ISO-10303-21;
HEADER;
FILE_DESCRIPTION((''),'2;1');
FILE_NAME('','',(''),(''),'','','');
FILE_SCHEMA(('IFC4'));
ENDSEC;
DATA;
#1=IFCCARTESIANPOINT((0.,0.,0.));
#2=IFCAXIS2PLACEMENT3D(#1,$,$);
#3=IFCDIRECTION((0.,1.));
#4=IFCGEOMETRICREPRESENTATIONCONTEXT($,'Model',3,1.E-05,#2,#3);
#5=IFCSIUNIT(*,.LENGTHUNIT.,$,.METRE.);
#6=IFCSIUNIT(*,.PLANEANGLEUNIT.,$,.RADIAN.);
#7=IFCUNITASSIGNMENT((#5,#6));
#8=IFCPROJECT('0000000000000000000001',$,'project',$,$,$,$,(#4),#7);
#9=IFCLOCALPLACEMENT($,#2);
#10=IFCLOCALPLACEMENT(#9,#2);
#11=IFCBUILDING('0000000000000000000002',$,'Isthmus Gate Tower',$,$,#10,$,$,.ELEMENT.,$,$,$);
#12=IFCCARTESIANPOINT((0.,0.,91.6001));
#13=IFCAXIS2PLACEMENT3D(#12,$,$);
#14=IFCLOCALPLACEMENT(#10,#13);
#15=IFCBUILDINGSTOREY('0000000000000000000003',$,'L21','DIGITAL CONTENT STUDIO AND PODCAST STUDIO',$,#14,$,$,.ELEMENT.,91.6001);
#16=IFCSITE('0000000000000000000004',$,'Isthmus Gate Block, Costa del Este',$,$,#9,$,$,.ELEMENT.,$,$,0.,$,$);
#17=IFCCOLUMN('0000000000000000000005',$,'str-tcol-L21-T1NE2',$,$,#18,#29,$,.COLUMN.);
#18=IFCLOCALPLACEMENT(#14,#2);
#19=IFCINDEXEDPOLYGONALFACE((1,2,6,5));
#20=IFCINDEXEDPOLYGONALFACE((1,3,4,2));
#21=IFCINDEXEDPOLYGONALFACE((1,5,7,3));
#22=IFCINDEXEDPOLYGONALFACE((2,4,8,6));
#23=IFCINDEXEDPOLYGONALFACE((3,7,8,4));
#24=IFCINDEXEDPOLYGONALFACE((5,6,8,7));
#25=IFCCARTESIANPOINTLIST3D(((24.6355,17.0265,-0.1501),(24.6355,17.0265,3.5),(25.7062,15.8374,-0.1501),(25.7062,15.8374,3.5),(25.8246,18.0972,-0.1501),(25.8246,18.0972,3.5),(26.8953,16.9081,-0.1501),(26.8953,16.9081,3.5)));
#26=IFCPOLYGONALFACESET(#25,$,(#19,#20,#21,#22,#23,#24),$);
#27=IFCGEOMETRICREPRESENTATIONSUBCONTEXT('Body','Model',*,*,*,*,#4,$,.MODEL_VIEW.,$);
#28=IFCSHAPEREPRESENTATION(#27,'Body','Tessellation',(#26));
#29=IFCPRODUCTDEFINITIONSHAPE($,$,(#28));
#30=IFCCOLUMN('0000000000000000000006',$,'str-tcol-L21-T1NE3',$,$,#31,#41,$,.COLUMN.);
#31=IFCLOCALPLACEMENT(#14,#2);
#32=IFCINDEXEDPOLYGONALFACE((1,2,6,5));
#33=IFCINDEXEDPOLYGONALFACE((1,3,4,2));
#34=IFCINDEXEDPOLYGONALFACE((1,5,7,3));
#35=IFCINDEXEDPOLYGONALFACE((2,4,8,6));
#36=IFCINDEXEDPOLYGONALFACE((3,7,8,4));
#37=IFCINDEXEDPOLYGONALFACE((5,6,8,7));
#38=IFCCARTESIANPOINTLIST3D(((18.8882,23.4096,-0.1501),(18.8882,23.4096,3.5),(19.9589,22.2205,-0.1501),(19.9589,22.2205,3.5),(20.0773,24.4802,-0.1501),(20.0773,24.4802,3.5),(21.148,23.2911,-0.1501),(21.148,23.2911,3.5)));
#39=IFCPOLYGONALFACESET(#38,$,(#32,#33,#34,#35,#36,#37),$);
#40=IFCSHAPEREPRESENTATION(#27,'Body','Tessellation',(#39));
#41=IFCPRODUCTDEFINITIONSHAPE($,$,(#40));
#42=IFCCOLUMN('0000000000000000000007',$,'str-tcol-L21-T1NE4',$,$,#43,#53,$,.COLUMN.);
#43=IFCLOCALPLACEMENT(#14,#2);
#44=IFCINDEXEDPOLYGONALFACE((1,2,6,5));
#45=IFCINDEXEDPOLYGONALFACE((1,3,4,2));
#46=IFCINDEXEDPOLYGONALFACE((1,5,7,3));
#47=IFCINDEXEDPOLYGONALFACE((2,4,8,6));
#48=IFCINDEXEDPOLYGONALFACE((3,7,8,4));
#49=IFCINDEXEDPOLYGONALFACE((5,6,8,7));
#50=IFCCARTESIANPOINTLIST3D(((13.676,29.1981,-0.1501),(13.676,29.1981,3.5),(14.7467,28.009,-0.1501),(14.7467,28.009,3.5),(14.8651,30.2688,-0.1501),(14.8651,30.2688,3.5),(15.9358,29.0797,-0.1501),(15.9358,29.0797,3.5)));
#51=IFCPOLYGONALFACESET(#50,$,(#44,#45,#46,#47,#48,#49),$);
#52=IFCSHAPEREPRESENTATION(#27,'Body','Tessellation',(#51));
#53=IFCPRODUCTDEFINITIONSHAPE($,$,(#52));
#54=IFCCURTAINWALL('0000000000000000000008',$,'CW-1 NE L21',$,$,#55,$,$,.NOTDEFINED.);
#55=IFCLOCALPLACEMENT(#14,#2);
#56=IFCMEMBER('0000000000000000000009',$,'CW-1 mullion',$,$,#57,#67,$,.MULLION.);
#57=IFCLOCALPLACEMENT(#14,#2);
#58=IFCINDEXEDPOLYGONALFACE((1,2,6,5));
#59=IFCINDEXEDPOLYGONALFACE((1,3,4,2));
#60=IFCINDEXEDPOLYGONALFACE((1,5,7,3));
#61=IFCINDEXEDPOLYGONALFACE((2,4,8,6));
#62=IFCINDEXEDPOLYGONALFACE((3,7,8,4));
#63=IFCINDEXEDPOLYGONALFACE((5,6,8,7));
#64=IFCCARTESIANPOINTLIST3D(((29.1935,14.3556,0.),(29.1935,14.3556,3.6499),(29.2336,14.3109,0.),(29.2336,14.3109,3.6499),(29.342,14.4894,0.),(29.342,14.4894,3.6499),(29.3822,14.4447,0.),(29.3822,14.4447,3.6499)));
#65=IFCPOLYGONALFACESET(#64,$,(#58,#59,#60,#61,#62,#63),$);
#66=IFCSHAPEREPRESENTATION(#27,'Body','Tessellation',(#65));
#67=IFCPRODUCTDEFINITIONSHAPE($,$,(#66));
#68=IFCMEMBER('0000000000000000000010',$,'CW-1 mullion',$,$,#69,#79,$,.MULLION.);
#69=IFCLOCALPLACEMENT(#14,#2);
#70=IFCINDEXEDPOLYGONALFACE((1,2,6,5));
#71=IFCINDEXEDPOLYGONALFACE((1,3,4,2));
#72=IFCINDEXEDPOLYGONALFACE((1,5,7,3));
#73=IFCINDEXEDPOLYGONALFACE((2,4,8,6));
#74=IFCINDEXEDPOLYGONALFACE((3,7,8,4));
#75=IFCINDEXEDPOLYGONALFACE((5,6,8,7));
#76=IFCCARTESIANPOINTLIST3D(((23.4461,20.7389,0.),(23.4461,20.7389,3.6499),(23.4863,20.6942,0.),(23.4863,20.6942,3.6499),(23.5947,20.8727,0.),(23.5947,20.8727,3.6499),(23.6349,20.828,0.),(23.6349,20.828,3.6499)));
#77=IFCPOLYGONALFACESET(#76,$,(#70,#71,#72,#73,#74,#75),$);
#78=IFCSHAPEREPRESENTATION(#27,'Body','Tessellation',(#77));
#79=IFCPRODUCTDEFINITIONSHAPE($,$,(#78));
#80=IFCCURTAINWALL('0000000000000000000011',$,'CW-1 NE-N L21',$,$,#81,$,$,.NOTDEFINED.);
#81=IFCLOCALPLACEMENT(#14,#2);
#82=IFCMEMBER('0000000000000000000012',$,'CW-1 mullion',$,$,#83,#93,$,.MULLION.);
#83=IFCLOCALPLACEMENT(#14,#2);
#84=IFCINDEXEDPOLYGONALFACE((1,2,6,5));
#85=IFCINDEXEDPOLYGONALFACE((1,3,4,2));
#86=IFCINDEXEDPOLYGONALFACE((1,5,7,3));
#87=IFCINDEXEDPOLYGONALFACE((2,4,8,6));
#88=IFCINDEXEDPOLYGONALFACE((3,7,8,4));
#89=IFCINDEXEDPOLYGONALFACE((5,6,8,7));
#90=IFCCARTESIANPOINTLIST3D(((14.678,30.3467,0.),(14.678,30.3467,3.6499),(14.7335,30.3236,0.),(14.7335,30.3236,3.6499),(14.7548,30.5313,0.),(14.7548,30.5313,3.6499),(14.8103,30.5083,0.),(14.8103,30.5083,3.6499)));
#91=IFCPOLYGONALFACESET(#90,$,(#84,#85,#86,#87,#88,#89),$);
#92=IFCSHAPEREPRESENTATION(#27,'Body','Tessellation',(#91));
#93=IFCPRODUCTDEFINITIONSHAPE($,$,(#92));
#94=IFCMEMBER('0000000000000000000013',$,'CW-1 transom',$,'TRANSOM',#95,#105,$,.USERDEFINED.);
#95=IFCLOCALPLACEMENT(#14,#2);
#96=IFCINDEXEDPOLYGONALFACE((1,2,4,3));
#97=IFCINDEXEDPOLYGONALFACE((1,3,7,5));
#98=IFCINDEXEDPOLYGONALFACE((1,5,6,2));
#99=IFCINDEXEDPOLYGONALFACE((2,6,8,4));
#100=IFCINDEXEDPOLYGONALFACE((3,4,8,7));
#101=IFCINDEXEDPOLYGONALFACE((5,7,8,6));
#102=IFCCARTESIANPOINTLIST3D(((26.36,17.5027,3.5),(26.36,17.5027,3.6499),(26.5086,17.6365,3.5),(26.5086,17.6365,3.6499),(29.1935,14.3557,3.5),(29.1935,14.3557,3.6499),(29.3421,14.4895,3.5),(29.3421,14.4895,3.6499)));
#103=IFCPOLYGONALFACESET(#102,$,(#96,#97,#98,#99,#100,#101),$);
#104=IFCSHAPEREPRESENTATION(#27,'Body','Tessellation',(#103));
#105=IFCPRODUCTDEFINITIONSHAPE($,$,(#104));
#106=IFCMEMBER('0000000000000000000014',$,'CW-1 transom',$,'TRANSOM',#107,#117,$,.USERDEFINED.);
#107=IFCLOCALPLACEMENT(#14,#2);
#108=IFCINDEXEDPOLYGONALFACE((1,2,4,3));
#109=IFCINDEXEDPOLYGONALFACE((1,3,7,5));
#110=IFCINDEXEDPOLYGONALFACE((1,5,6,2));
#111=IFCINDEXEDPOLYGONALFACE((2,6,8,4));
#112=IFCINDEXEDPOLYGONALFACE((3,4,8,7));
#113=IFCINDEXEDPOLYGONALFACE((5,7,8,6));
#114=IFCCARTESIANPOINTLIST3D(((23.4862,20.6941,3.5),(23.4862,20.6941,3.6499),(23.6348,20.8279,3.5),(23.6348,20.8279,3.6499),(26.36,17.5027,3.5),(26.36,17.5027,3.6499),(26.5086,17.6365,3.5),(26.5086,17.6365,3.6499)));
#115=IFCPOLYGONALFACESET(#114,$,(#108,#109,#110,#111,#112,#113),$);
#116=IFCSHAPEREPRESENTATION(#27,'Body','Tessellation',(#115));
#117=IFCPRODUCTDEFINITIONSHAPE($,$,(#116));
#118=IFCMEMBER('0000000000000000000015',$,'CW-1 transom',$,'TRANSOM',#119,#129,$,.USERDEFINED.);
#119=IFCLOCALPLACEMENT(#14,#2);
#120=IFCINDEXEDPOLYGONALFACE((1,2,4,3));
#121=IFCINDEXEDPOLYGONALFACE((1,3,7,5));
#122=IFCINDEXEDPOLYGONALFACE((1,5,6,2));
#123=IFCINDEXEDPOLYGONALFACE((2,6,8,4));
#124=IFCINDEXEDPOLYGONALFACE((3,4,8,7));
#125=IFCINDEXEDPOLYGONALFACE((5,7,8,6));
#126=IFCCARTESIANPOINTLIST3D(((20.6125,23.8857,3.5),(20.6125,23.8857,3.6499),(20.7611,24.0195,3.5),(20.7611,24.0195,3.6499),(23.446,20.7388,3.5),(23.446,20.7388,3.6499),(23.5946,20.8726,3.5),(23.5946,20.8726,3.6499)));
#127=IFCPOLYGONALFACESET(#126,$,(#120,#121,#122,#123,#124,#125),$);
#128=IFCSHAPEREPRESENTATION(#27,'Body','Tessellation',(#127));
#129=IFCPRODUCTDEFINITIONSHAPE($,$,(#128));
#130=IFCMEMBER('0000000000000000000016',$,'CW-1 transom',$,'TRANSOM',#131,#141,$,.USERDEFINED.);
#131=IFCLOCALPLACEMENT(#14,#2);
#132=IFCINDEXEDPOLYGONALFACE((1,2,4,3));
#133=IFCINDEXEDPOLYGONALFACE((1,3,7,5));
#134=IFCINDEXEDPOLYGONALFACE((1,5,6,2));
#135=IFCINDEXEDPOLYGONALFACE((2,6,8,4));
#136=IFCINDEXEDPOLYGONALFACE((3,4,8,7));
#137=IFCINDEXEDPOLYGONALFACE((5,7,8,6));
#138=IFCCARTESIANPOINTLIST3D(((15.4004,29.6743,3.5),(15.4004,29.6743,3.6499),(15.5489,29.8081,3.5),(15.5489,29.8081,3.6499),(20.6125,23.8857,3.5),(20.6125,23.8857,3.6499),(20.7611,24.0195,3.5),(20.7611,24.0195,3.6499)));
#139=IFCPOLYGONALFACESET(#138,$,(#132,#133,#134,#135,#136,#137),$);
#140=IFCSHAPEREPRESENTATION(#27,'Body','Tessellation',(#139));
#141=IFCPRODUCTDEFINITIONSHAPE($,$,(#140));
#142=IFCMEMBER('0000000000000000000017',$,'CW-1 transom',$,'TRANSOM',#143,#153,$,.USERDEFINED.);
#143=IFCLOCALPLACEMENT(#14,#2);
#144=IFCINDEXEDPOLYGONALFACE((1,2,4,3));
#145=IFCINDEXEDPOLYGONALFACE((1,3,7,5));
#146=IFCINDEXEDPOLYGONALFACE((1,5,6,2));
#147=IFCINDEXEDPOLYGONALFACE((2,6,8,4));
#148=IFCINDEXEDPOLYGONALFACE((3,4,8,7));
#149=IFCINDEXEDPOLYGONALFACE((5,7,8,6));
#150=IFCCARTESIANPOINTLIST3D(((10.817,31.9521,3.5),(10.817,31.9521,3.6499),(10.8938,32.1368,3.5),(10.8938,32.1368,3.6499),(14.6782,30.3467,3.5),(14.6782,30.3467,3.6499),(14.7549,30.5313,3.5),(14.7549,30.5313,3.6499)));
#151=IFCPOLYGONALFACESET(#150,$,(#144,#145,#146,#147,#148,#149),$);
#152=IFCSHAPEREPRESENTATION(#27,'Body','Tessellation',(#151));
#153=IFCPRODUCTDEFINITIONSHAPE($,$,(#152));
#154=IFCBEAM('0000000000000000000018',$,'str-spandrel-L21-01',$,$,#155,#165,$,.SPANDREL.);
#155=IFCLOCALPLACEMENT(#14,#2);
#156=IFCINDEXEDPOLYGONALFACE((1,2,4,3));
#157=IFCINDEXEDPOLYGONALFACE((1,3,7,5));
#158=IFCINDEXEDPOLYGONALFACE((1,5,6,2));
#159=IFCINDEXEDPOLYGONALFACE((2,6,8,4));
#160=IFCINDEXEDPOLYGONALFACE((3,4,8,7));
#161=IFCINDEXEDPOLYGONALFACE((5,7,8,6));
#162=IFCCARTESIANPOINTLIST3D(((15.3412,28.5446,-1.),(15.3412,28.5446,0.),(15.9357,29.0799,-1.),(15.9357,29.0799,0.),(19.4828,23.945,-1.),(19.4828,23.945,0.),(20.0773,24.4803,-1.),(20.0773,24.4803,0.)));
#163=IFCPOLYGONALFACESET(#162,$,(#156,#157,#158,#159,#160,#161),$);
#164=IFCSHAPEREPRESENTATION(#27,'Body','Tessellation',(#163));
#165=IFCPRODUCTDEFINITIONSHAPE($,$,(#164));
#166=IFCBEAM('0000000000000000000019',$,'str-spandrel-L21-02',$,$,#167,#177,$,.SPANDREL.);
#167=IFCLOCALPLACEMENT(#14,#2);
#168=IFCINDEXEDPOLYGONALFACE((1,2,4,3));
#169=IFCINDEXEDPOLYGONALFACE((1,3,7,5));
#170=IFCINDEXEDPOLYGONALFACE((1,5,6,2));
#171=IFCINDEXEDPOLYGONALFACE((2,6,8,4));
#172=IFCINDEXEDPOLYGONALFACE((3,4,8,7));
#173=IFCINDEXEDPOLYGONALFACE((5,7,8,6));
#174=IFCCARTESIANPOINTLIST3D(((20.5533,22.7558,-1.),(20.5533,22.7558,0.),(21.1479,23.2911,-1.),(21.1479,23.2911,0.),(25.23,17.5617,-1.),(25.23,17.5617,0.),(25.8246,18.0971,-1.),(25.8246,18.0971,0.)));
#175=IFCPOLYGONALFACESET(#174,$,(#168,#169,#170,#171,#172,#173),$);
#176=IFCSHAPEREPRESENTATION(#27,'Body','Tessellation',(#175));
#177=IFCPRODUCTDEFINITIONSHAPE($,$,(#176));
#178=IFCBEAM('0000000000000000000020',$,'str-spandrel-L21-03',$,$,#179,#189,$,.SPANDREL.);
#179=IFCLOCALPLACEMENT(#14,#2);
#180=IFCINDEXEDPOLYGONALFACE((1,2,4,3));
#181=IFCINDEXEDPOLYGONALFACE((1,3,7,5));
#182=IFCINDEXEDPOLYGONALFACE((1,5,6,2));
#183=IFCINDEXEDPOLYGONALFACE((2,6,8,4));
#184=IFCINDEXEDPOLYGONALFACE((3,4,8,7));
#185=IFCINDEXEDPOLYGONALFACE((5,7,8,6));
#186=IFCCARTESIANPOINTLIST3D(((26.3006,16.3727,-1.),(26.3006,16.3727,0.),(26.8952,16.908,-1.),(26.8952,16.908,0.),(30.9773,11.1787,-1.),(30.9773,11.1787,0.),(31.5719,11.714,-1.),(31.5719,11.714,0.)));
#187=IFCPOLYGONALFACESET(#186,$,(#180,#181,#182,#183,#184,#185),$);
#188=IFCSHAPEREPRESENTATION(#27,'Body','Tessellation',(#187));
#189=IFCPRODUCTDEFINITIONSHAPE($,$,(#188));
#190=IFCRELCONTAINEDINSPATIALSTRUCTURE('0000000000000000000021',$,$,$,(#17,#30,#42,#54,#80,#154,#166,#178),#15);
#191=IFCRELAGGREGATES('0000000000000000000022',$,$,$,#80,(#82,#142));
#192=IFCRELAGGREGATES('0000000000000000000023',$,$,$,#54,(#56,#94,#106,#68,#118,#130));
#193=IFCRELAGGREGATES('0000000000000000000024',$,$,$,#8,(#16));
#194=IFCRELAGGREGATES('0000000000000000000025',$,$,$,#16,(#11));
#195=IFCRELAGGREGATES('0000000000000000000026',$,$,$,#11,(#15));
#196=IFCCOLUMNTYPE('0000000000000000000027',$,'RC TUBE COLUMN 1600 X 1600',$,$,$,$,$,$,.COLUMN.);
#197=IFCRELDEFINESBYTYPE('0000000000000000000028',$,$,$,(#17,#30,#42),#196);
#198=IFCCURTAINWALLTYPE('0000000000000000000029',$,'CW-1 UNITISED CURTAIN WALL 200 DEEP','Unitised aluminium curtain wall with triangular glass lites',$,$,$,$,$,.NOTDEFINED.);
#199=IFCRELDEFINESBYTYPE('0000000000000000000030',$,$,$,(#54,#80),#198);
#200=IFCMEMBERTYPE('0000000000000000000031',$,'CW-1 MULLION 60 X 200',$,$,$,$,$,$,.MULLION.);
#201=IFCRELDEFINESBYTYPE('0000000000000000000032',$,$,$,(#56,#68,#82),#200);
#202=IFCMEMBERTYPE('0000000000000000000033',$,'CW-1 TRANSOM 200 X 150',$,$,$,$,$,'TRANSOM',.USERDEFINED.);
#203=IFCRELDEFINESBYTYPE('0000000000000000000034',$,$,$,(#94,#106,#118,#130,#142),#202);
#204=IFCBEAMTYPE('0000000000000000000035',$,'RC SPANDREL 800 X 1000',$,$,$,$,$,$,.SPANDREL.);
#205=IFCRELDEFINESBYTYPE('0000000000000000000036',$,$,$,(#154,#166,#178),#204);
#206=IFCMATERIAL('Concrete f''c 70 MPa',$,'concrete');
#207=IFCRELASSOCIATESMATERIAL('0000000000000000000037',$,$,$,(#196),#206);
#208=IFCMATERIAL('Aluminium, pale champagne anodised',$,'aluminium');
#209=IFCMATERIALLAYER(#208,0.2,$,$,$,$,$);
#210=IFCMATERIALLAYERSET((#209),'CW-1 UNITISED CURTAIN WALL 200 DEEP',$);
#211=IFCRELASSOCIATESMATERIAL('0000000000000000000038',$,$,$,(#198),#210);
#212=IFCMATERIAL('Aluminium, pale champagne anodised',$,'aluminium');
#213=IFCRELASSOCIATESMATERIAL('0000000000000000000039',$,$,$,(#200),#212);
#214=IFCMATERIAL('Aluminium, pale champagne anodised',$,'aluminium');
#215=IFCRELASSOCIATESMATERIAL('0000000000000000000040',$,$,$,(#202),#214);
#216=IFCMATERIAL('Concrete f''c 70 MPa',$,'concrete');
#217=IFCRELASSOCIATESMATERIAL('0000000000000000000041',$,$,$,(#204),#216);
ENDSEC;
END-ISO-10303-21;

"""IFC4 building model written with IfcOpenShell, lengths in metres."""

from ifc_helpers import new_model, si_unit, direction, frame, origin, origin_2d, place, context, subcontext, project, spatial, rectangle, extrude, material, layer, layer_set, material_profile, profile_set, type_object, element, aggregate, save


model = new_model("IFC4")

# Units and contexts
model_context = context("Model", 3, precision=1e-05, world=origin(), true_north=direction((0.0, 1.0)))
body_context = subcontext(model_context, "Body", "Model", "MODEL_VIEW")
ifc_project = project(units=[si_unit("LENGTHUNIT", "METRE"), si_unit("PLANEANGLEUNIT", "RADIAN")], contexts=[model_context])

# Site, building, storey
site_placement = place(None, origin())
site = spatial("IfcSite", under=ifc_project, at=site_placement, Name="Isthmus Gate Block, Costa del Este", CompositionType="ELEMENT", RefElevation=0.0)
building_placement = place(site_placement, origin())
building = spatial("IfcBuilding", under=site, at=building_placement, Name="Isthmus Gate Tower", CompositionType="ELEMENT")
storey_placement = place(building_placement, frame((0.0, 0.0, 91.6001)))
storey = spatial("IfcBuildingStorey", under=building, at=storey_placement, Name="L21", Description="DIGITAL CONTENT STUDIO AND PODCAST STUDIO", CompositionType="ELEMENT", Elevation=91.6001)

# Columns
ifc_material_1 = material(Name="Concrete f'c 70 MPa", Category="concrete")
ifc_material_profile_1 = material_profile(ifc_material_1, rectangle(XDim=1.6001, YDim=1.6001, at=origin_2d()), Name="RC 1600X1600")
ifc_profile_set_1 = profile_set([ifc_material_profile_1], Name="Concrete f'c 70 MPa")
column_type = type_object("IfcColumnType", Name="RC TUBE COLUMN 1600 X 1600", PredefinedType="COLUMN", material=ifc_profile_set_1)
for number, where, z_axis, x_axis, name in (
    (1, (25.7654, 16.9673, -0.1501), (0.0, 0.0, 1.0), (-0.669131, 0.743145, 0.0), "str-tcol-L21-T1NE2"),
    (2, (20.0181, 23.3503, -0.1501), (0.0, 0.0, 1.0), (-0.669131, 0.743145, 0.0), "str-tcol-L21-T1NE3"),
    (3, (14.8059, 29.1389, -0.1501), (0.0, 0.0, 1.0), (-0.669131, 0.743145, 0.0), "str-tcol-L21-T1NE4"),
):
    element("IfcColumn", number, at=place(storey_placement, frame(where, z_axis=z_axis, x_axis=x_axis)), inside=storey, type_object=column_type, Name=name, PredefinedType="COLUMN", context=body_context, shape_type="SweptSolid", body=[
        extrude(rectangle(XDim=1.6001, YDim=1.6001, at=origin_2d()), origin(), (0.0, 0.0, 1.0), 3.6501),
    ])

# Curtain wall, members
ifc_material_2 = material(Name="Aluminium, pale champagne anodised", Category="aluminium")
ifc_layer_1 = layer(ifc_material_2, 0.2)
ifc_layer_set_1 = layer_set([ifc_layer_1], Name="CW-1 UNITISED CURTAIN WALL 200 DEEP")
curtain_wall_type = type_object("IfcCurtainWallType", Name="CW-1 UNITISED CURTAIN WALL 200 DEEP", Description="Unitised aluminium curtain wall with triangular glass lites", PredefinedType="NOTDEFINED", material=ifc_layer_set_1)
curtain_wall_1_placement = place(storey_placement, origin())
curtain_wall_1 = element("IfcCurtainWall", 4, at=curtain_wall_1_placement, inside=storey, type_object=curtain_wall_type, Name="CW-1 NE L21", PredefinedType="NOTDEFINED")
ifc_material_3 = material(Name="Aluminium, pale champagne anodised", Category="aluminium")
ifc_material_profile_2 = material_profile(ifc_material_3, rectangle(XDim=0.0601, YDim=0.2, at=origin_2d()), Name="60x200")
ifc_profile_set_2 = profile_set([ifc_material_profile_2], Name="Aluminium, pale champagne anodised")
member_type_1 = type_object("IfcMemberType", Name="CW-1 MULLION 60 X 200", PredefinedType="MULLION", material=ifc_profile_set_2)
member_1_placement = place(storey_placement, frame((29.2878, 14.4001, 0.0), z_axis=(0.0, 0.0, 1.0), x_axis=(-0.669131, 0.743145, 0.0)))
member_1 = element("IfcMember", 5, at=member_1_placement, type_object=member_type_1, Name="CW-1 mullion", PredefinedType="MULLION", context=body_context, shape_type="SweptSolid", body=[
    extrude(rectangle(XDim=0.0601, YDim=0.2, at=origin_2d()), origin(), (0.0, 0.0, 1.0), 3.6499),
])
member_2_placement = place(storey_placement, frame((23.5405, 20.7834, 0.0), z_axis=(0.0, 0.0, 1.0), x_axis=(-0.669131, 0.743145, 0.0)))
member_2 = element("IfcMember", 6, at=member_2_placement, type_object=member_type_1, Name="CW-1 mullion", PredefinedType="MULLION", context=body_context, shape_type="SweptSolid", body=[
    extrude(rectangle(XDim=0.0601, YDim=0.2, at=origin_2d()), origin(), (0.0, 0.0, 1.0), 3.6499),
])

# Curtain wall, member
curtain_wall_2_placement = place(storey_placement, origin())
curtain_wall_2 = element("IfcCurtainWall", 7, at=curtain_wall_2_placement, inside=storey, type_object=curtain_wall_type, Name="CW-1 NE-N L21", PredefinedType="NOTDEFINED")
member_3_placement = place(storey_placement, frame((14.7441, 30.4275, 0.0), z_axis=(0.0, 0.0, 1.0), x_axis=(-0.923353, 0.383952, 0.0)))
member_3 = element("IfcMember", 8, at=member_3_placement, type_object=member_type_1, Name="CW-1 mullion", PredefinedType="MULLION", context=body_context, shape_type="SweptSolid", body=[
    extrude(rectangle(XDim=0.0601, YDim=0.2, at=origin_2d()), origin(), (0.0, 0.0, 1.0), 3.6499),
])

# Members
ifc_material_4 = material(Name="Aluminium, pale champagne anodised", Category="aluminium")
ifc_material_profile_3 = material_profile(ifc_material_4, rectangle(XDim=0.2, YDim=0.1499, at=origin_2d()), Name="200x150")
ifc_profile_set_3 = profile_set([ifc_material_profile_3], Name="Aluminium, pale champagne anodised")
member_type_2 = type_object("IfcMemberType", Name="CW-1 TRANSOM 200 X 150", ElementType="TRANSOM", PredefinedType="USERDEFINED", material=ifc_profile_set_3)
member_4_placement = place(storey_placement, frame((29.2678, 14.4226, 3.575), z_axis=(-0.669124, 0.743151, 0.0), x_axis=(-0.743151, -0.669124, 0.0)))
member_4 = element("IfcMember", 9, at=member_4_placement, type_object=member_type_2, Name="CW-1 transom", ObjectType="TRANSOM", PredefinedType="USERDEFINED", context=body_context, shape_type="SweptSolid", body=[
    extrude(rectangle(XDim=0.2, YDim=0.1499, at=origin_2d()), origin(), (0.0, 0.0, 1.0), 4.2346),
])
member_5_placement = place(storey_placement, frame((26.4343, 17.5696, 3.575), z_axis=(-0.669159, 0.743119, 0.0), x_axis=(-0.743119, -0.669159, 0.0)))
member_5 = element("IfcMember", 10, at=member_5_placement, type_object=member_type_2, Name="CW-1 transom", ObjectType="TRANSOM", PredefinedType="USERDEFINED", context=body_context, shape_type="SweptSolid", body=[
    extrude(rectangle(XDim=0.2, YDim=0.1499, at=origin_2d()), origin(), (0.0, 0.0, 1.0), 4.2947),
])
member_6_placement = place(storey_placement, frame((23.5203, 20.8057, 3.575), z_axis=(-0.669124, 0.743151, 0.0), x_axis=(-0.743151, -0.669124, 0.0)))
member_6 = element("IfcMember", 11, at=member_6_placement, type_object=member_type_2, Name="CW-1 transom", ObjectType="TRANSOM", PredefinedType="USERDEFINED", context=body_context, shape_type="SweptSolid", body=[
    extrude(rectangle(XDim=0.2, YDim=0.1499, at=origin_2d()), origin(), (0.0, 0.0, 1.0), 4.2346),
])
member_7_placement = place(storey_placement, frame((20.6868, 23.9526, 3.575), z_axis=(-0.669138, 0.743138, 0.0), x_axis=(-0.743138, -0.669138, 0.0)))
member_7 = element("IfcMember", 12, at=member_7_placement, type_object=member_type_2, Name="CW-1 transom", ObjectType="TRANSOM", PredefinedType="USERDEFINED", context=body_context, shape_type="SweptSolid", body=[
    extrude(rectangle(XDim=0.2, YDim=0.1499, at=origin_2d()), origin(), (0.0, 0.0, 1.0), 7.7893),
])
member_8_placement = place(storey_placement, frame((14.7166, 30.439, 3.575), z_axis=(-0.923358, 0.38394, 0.0), x_axis=(-0.38394, -0.923358, 0.0)))
member_8 = element("IfcMember", 13, at=member_8_placement, type_object=member_type_2, Name="CW-1 transom", ObjectType="TRANSOM", PredefinedType="USERDEFINED", context=body_context, shape_type="SweptSolid", body=[
    extrude(rectangle(XDim=0.2, YDim=0.1499, at=origin_2d()), origin(), (0.0, 0.0, 1.0), 4.1816),
])
aggregate(curtain_wall_2, [member_3, member_8])

# Beams
ifc_material_5 = material(Name="Concrete f'c 70 MPa", Category="concrete")
ifc_material_profile_4 = material_profile(ifc_material_5, rectangle(XDim=0.8, YDim=1.0, at=origin_2d()), Name="RC 800X1000")
ifc_profile_set_4 = profile_set([ifc_material_profile_4], Name="Concrete f'c 70 MPa")
beam_type_1 = type_object("IfcBeamType", Name="RC SPANDREL 800 X 1000", PredefinedType="SPANDREL", material=ifc_profile_set_4)
beam_1_placement = place(storey_placement, frame((15.6384, 28.8123, -0.5), z_axis=(0.669139, -0.743137, 0.0), x_axis=(0.743137, 0.669139, 0.0)))
element("IfcBeam", 14, at=beam_1_placement, inside=storey, type_object=beam_type_1, Name="str-spandrel-L21-01", PredefinedType="SPANDREL", context=body_context, shape_type="SweptSolid", body=[
    extrude(rectangle(XDim=0.8, YDim=1.0, at=origin_2d()), origin(), (0.0, 0.0, 1.0), 6.1895),
])
for number, where, z_axis, x_axis, name in (
    (15, (20.8506, 23.0234, -0.5), (0.669129, -0.743146, 0.0), (0.743146, 0.669129, 0.0), "str-spandrel-L21-02"),
    (16, (26.5979, 16.6404, -0.5), (0.669129, -0.743146, 0.0), (0.743146, 0.669129, 0.0), "str-spandrel-L21-03"),
):
    element("IfcBeam", number, at=place(storey_placement, frame(where, z_axis=z_axis, x_axis=x_axis)), inside=storey, type_object=beam_type_1, Name=name, PredefinedType="SPANDREL", context=body_context, shape_type="SweptSolid", body=[
        extrude(rectangle(XDim=0.8, YDim=1.0, at=origin_2d()), origin(), (0.0, 0.0, 1.0), 6.9893),
    ])

aggregate(curtain_wall_1, [member_1, member_4, member_5, member_2, member_6, member_7])

save(model, "model.ifc")
